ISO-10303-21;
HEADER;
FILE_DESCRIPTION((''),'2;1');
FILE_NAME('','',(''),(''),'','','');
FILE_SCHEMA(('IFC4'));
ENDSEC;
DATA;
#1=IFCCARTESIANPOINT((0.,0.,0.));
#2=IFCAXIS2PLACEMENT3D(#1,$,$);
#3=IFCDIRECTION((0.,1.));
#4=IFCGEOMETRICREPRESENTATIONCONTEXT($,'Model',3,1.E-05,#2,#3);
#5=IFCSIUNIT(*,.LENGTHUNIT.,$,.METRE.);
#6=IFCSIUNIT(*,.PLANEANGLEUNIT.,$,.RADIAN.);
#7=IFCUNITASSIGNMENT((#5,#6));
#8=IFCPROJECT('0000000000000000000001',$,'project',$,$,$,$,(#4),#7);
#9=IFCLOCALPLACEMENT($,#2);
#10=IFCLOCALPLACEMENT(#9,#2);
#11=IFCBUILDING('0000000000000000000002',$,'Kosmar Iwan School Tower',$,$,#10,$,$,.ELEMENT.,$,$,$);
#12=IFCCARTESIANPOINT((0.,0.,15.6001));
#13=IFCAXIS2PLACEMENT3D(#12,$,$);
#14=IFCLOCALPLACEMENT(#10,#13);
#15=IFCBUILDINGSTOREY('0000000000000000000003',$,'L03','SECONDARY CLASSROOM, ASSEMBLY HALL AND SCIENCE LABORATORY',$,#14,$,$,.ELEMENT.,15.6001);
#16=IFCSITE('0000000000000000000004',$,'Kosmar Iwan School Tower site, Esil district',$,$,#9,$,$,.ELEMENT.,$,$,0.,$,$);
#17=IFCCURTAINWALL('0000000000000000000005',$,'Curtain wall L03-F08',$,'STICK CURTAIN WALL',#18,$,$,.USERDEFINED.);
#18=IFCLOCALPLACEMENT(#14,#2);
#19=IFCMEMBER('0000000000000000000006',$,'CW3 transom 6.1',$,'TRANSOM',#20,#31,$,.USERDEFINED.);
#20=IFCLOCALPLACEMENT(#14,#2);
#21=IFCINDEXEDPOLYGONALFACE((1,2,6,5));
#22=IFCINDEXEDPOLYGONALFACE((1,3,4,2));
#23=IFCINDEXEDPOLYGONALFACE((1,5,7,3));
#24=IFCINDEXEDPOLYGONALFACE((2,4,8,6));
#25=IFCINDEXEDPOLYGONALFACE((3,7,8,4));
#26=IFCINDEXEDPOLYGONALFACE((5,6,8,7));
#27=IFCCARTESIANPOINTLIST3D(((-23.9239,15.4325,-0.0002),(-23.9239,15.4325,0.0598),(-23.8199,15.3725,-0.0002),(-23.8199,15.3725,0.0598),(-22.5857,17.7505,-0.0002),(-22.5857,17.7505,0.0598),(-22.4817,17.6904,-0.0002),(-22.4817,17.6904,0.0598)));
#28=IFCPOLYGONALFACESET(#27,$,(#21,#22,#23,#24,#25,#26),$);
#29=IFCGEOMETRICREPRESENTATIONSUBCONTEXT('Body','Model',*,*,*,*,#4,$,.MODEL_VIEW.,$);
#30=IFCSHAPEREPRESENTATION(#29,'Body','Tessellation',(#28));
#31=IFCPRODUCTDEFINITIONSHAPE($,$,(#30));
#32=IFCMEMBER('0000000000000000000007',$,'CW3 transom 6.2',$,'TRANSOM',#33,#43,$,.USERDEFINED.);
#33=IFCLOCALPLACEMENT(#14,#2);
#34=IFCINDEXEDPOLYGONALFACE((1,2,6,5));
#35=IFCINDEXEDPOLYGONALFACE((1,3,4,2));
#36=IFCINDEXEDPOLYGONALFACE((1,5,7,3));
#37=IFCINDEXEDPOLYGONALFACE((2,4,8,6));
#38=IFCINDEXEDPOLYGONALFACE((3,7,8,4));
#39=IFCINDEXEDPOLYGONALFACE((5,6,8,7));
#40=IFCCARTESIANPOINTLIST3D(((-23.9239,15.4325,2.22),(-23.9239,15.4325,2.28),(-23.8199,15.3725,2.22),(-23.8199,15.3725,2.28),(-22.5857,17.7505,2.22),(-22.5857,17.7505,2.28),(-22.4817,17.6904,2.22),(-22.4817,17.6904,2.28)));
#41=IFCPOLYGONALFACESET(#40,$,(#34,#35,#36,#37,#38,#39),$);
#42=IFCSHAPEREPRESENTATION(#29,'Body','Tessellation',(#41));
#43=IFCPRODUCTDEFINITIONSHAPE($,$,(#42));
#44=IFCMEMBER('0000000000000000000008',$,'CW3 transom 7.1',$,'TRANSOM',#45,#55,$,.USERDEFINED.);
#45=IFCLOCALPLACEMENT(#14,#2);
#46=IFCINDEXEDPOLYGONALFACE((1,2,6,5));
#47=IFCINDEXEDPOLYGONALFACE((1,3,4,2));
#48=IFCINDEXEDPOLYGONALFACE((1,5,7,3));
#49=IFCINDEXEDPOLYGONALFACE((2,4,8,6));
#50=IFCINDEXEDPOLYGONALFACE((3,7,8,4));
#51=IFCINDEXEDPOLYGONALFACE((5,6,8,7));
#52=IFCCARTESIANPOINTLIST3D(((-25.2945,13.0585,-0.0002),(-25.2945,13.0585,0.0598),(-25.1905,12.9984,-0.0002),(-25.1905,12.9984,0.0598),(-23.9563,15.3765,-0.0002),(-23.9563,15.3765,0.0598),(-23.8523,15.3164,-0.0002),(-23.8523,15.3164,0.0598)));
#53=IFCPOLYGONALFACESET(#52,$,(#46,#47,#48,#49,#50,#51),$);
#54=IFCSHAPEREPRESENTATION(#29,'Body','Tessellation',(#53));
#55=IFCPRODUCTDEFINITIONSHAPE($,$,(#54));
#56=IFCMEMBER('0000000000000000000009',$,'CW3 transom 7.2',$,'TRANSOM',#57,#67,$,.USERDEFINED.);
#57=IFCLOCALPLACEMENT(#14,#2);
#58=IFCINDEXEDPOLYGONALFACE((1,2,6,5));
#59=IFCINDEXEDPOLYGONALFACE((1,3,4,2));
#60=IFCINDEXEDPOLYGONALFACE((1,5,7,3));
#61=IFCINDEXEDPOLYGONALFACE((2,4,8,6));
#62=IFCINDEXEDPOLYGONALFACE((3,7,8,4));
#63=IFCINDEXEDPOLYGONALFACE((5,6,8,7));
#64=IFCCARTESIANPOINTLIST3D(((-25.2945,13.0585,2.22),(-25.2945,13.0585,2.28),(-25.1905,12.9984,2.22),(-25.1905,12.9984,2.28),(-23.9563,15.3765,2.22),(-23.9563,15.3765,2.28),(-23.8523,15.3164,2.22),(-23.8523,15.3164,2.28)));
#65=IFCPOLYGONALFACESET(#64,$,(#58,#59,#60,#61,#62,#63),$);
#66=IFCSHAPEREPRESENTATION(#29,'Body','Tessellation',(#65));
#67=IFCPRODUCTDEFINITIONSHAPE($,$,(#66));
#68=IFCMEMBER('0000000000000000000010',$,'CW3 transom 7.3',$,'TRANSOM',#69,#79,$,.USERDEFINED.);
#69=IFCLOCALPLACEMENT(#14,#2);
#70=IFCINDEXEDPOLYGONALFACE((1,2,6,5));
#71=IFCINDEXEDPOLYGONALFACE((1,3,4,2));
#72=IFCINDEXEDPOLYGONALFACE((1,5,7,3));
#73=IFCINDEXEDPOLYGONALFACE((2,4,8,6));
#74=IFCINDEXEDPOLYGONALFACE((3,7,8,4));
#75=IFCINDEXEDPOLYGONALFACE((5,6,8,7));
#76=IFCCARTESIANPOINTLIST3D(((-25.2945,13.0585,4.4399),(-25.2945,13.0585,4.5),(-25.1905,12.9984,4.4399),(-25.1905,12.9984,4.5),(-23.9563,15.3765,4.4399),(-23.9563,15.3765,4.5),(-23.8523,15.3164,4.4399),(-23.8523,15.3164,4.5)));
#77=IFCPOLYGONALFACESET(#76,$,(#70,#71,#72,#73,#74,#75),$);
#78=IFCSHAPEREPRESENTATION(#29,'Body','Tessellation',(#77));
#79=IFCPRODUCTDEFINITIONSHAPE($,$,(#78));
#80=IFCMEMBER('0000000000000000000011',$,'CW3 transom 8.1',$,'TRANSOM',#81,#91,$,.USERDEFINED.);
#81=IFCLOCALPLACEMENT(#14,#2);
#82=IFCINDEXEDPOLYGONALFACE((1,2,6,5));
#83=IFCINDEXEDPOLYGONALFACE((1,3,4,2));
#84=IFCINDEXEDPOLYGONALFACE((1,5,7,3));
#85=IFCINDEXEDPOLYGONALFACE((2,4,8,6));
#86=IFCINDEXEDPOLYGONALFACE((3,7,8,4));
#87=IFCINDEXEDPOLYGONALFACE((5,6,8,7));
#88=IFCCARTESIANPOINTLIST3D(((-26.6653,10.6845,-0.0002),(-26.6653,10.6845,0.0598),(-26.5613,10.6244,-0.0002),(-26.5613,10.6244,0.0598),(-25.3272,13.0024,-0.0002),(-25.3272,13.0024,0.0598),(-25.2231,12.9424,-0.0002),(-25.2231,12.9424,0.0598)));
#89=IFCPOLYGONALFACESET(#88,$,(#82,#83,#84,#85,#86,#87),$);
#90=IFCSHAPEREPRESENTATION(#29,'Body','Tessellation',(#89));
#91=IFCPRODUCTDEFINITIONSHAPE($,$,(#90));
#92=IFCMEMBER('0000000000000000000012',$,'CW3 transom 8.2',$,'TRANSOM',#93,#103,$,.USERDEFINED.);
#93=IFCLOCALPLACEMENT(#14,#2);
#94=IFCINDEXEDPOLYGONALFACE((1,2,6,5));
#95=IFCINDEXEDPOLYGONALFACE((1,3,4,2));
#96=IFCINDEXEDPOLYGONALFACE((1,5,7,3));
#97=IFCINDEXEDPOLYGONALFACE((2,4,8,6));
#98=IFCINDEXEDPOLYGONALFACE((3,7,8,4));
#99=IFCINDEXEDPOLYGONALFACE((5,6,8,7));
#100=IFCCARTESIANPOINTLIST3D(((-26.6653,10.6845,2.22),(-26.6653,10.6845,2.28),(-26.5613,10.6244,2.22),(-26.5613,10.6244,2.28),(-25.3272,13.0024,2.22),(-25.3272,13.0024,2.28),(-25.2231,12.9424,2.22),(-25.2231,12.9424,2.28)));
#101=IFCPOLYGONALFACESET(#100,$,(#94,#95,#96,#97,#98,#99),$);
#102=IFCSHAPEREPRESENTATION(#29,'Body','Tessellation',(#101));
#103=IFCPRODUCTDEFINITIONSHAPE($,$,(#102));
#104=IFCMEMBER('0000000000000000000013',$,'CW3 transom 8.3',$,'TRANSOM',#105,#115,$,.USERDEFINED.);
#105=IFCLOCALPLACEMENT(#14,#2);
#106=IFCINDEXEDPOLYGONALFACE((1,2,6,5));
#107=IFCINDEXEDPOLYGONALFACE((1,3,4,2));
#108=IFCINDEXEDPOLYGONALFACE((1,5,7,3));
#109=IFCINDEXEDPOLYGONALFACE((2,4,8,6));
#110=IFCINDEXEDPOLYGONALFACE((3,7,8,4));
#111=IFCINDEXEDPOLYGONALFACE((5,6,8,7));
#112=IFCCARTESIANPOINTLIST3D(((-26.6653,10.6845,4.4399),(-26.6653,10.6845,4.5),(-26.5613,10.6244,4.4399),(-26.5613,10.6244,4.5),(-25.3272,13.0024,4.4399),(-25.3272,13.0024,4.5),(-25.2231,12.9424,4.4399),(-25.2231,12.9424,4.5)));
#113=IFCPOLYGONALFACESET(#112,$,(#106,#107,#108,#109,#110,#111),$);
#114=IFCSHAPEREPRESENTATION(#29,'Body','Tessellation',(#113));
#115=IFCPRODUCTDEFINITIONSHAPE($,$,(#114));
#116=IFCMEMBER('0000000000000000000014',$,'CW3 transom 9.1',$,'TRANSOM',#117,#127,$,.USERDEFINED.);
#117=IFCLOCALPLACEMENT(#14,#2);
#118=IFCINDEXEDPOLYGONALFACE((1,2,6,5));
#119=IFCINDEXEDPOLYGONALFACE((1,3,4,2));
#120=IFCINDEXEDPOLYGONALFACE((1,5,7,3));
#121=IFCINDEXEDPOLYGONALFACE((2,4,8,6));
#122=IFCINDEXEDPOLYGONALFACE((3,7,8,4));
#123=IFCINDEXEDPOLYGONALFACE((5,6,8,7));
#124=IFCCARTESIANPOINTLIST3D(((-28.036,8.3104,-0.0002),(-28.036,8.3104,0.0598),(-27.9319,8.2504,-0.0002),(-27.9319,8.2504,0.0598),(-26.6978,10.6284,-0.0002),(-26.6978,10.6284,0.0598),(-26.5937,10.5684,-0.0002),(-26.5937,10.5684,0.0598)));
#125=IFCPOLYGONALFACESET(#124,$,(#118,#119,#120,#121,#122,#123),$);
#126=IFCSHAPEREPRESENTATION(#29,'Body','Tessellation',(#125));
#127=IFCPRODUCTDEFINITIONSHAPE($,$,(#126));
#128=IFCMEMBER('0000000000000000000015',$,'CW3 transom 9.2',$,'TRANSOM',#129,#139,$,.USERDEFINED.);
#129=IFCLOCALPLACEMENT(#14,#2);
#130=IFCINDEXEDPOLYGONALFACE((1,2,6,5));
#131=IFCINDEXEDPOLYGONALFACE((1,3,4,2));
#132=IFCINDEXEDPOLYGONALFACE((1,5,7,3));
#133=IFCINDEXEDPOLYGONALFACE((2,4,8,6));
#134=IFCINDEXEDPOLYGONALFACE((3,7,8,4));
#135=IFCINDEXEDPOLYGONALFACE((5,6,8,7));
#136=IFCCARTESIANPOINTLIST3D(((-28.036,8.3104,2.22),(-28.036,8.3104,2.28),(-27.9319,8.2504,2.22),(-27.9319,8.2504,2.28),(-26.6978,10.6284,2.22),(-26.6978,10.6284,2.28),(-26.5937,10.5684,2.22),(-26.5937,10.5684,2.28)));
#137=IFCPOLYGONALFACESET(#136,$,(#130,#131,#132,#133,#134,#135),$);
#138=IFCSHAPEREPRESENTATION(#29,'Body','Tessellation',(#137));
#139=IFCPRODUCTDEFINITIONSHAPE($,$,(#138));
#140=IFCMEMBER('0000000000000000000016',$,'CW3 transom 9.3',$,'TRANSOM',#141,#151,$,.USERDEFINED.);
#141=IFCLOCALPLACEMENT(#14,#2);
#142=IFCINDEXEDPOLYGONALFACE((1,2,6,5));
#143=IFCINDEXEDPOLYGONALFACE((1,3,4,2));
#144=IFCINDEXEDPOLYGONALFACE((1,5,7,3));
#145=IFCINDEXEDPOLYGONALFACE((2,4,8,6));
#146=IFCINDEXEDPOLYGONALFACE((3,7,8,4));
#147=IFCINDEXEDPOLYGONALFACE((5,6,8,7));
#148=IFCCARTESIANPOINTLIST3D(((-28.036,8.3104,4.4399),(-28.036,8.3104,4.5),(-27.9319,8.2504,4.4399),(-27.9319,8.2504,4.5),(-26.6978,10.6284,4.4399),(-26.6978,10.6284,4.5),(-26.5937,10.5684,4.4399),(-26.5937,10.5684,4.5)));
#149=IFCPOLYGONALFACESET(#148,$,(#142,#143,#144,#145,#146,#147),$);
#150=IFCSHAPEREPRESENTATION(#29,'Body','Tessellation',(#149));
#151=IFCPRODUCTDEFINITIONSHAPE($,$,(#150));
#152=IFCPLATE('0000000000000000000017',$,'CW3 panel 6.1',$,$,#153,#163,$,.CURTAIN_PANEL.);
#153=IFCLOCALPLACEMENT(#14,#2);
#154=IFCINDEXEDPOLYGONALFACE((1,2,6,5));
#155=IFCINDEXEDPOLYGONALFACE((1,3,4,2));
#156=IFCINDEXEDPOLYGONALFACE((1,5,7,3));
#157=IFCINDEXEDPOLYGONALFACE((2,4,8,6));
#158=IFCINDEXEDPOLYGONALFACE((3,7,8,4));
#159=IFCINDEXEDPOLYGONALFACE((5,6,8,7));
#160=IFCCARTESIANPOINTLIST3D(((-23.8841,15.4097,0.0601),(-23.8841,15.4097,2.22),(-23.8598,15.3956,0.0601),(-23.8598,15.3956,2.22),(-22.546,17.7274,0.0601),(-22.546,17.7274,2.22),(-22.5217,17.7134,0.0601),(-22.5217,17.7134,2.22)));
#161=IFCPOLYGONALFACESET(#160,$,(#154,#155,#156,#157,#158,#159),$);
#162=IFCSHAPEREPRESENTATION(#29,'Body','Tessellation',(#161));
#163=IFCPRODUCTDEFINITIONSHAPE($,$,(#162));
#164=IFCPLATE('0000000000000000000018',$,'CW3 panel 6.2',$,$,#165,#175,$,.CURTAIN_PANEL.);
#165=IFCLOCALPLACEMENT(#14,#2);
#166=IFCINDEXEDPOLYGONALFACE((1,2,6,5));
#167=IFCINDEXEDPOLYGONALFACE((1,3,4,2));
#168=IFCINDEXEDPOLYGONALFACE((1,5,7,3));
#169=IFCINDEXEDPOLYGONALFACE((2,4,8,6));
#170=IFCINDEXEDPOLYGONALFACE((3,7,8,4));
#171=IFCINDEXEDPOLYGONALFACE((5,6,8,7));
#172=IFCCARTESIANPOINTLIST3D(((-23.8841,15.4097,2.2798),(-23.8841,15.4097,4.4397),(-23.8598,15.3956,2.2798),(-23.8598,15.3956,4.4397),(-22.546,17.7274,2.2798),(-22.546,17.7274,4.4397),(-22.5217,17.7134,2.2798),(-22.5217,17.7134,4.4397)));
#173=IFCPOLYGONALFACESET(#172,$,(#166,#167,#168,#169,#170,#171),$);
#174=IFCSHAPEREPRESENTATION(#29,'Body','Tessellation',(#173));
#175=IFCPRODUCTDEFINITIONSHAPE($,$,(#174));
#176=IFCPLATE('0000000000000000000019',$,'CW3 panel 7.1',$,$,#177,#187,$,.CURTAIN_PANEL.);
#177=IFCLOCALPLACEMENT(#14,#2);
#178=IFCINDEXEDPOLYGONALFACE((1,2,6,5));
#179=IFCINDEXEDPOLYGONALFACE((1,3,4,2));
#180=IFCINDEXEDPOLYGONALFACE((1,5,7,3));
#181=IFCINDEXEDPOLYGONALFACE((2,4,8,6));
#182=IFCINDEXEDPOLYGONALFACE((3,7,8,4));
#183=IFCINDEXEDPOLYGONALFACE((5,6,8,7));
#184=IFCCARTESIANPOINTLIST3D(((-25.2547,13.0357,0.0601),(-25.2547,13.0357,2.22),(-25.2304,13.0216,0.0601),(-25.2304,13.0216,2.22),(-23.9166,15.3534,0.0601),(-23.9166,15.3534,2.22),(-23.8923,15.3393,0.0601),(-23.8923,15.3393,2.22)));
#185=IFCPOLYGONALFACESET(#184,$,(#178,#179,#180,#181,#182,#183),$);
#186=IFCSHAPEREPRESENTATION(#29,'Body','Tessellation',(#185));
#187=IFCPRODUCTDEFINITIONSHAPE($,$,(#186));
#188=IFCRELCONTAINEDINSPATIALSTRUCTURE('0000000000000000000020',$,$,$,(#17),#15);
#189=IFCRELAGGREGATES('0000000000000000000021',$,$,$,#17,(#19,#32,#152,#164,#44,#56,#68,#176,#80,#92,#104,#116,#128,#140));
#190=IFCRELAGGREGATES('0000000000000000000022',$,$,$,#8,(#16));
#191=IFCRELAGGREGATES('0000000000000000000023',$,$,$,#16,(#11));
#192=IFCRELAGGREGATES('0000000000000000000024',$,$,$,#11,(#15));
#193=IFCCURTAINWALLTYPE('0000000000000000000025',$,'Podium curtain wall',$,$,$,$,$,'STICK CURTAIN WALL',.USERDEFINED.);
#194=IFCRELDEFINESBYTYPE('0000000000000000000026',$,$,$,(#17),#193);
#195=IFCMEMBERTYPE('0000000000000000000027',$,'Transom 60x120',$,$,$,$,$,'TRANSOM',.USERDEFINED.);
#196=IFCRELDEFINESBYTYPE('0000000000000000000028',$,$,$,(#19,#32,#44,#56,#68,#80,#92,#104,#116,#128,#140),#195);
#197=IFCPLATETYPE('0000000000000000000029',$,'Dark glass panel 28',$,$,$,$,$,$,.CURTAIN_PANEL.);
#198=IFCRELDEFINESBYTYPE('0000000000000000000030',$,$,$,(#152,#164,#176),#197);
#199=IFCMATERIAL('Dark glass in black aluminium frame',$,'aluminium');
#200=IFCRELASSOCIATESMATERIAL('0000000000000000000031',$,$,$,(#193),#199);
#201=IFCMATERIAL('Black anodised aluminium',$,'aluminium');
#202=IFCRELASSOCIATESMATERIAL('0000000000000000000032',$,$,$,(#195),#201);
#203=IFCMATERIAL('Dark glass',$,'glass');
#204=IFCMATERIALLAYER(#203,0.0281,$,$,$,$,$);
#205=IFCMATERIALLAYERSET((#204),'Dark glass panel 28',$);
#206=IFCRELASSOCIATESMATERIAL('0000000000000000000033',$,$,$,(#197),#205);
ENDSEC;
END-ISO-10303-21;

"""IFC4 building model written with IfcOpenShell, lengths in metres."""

from ifc_helpers import new_model, si_unit, direction, frame, origin, origin_2d, place, context, subcontext, project, spatial, rectangle, extrude, material, layer, layer_set, material_profile, profile_set, type_object, element, aggregate, save


model = new_model("IFC4")

# Units and contexts
model_context = context("Model", 3, precision=1e-05, world=origin(), true_north=direction((0.0, 1.0)))
body_context = subcontext(model_context, "Body", "Model", "MODEL_VIEW")
ifc_project = project(units=[si_unit("LENGTHUNIT", "METRE"), si_unit("PLANEANGLEUNIT", "RADIAN")], contexts=[model_context])

# Site, building, storey
site_placement = place(None, origin())
site = spatial("IfcSite", under=ifc_project, at=site_placement, Name="Kosmar Iwan School Tower site, Esil district", CompositionType="ELEMENT", RefElevation=0.0)
building_placement = place(site_placement, origin())
building = spatial("IfcBuilding", under=site, at=building_placement, Name="Kosmar Iwan School Tower", CompositionType="ELEMENT")
storey_placement = place(building_placement, frame((0.0, 0.0, 15.6001)))
storey = spatial("IfcBuildingStorey", under=building, at=storey_placement, Name="L03", Description="SECONDARY CLASSROOM, ASSEMBLY HALL AND SCIENCE LABORATORY", CompositionType="ELEMENT", Elevation=15.6001)

# Curtain wall, members, plates
ifc_material_1 = material(Name="Dark glass in black aluminium frame", Category="aluminium")
curtain_wall_type = type_object("IfcCurtainWallType", Name="Podium curtain wall", ElementType="STICK CURTAIN WALL", PredefinedType="USERDEFINED", material=ifc_material_1)
curtain_wall_placement = place(storey_placement, origin())
curtain_wall = element("IfcCurtainWall", 1, at=curtain_wall_placement, inside=storey, type_object=curtain_wall_type, Name="Curtain wall L03-F08", ObjectType="STICK CURTAIN WALL", PredefinedType="USERDEFINED")
ifc_material_2 = material(Name="Black anodised aluminium", Category="aluminium")
ifc_material_profile_1 = material_profile(ifc_material_2, rectangle(XDim=0.1201, YDim=0.0601, at=origin_2d()), Name="TRANSOM 60x120")
ifc_profile_set_1 = profile_set([ifc_material_profile_1], Name="Black anodised aluminium")
member_type_1 = type_object("IfcMemberType", Name="Transom 60x120", ElementType="TRANSOM", PredefinedType="USERDEFINED", material=ifc_profile_set_1)
member_1_placement = place(storey_placement, frame((-22.5337, 17.7205, 0.0298), z_axis=(-0.499975, -0.86604, 0.0), x_axis=(0.86604, -0.499975, 0.0)))
member_1 = element("IfcMember", 2, at=member_1_placement, type_object=member_type_1, Name="CW3 transom 6.1", ObjectType="TRANSOM", PredefinedType="USERDEFINED", context=body_context, shape_type="SweptSolid", body=[
    extrude(rectangle(XDim=0.1201, YDim=0.0601, at=origin_2d()), origin(), (0.0, 0.0, 1.0), 2.6765),
])
member_2_placement = place(storey_placement, frame((-22.5337, 17.7205, 2.25), z_axis=(-0.499975, -0.86604, 0.0), x_axis=(0.86604, -0.499975, 0.0)))
member_2 = element("IfcMember", 3, at=member_2_placement, type_object=member_type_1, Name="CW3 transom 6.2", ObjectType="TRANSOM", PredefinedType="USERDEFINED", context=body_context, shape_type="SweptSolid", body=[
    extrude(rectangle(XDim=0.1201, YDim=0.0601, at=origin_2d()), origin(), (0.0, 0.0, 1.0), 2.6765),
])
member_3_placement = place(storey_placement, frame((-23.9043, 15.3464, 0.0298), z_axis=(-0.499975, -0.86604, 0.0), x_axis=(0.86604, -0.499975, 0.0)))
member_3 = element("IfcMember", 4, at=member_3_placement, type_object=member_type_1, Name="CW3 transom 7.1", ObjectType="TRANSOM", PredefinedType="USERDEFINED", context=body_context, shape_type="SweptSolid", body=[
    extrude(rectangle(XDim=0.1201, YDim=0.0601, at=origin_2d()), origin(), (0.0, 0.0, 1.0), 2.6765),
])
member_4_placement = place(storey_placement, frame((-23.9043, 15.3464, 2.25), z_axis=(-0.499975, -0.86604, 0.0), x_axis=(0.86604, -0.499975, 0.0)))
member_4 = element("IfcMember", 5, at=member_4_placement, type_object=member_type_1, Name="CW3 transom 7.2", ObjectType="TRANSOM", PredefinedType="USERDEFINED", context=body_context, shape_type="SweptSolid", body=[
    extrude(rectangle(XDim=0.1201, YDim=0.0601, at=origin_2d()), origin(), (0.0, 0.0, 1.0), 2.6765),
])
member_5_placement = place(storey_placement, frame((-23.9043, 15.3464, 4.47), z_axis=(-0.499975, -0.86604, 0.0), x_axis=(0.86604, -0.499975, 0.0)))
member_5 = element("IfcMember", 6, at=member_5_placement, type_object=member_type_1, Name="CW3 transom 7.3", ObjectType="TRANSOM", PredefinedType="USERDEFINED", context=body_context, shape_type="SweptSolid", body=[
    extrude(rectangle(XDim=0.1201, YDim=0.0601, at=origin_2d()), origin(), (0.0, 0.0, 1.0), 2.6765),
])
member_6_placement = place(storey_placement, frame((-25.2751, 12.9724, 0.0298), z_axis=(-0.499975, -0.86604, 0.0), x_axis=(0.86604, -0.499975, 0.0)))
member_6 = element("IfcMember", 7, at=member_6_placement, type_object=member_type_1, Name="CW3 transom 8.1", ObjectType="TRANSOM", PredefinedType="USERDEFINED", context=body_context, shape_type="SweptSolid", body=[
    extrude(rectangle(XDim=0.1201, YDim=0.0601, at=origin_2d()), origin(), (0.0, 0.0, 1.0), 2.6765),
])
member_7_placement = place(storey_placement, frame((-25.2751, 12.9724, 2.25), z_axis=(-0.499975, -0.86604, 0.0), x_axis=(0.86604, -0.499975, 0.0)))
member_7 = element("IfcMember", 8, at=member_7_placement, type_object=member_type_1, Name="CW3 transom 8.2", ObjectType="TRANSOM", PredefinedType="USERDEFINED", context=body_context, shape_type="SweptSolid", body=[
    extrude(rectangle(XDim=0.1201, YDim=0.0601, at=origin_2d()), origin(), (0.0, 0.0, 1.0), 2.6765),
])
member_8_placement = place(storey_placement, frame((-25.2751, 12.9724, 4.47), z_axis=(-0.499975, -0.86604, 0.0), x_axis=(0.86604, -0.499975, 0.0)))
member_8 = element("IfcMember", 9, at=member_8_placement, type_object=member_type_1, Name="CW3 transom 8.3", ObjectType="TRANSOM", PredefinedType="USERDEFINED", context=body_context, shape_type="SweptSolid", body=[
    extrude(rectangle(XDim=0.1201, YDim=0.0601, at=origin_2d()), origin(), (0.0, 0.0, 1.0), 2.6765),
])
member_9_placement = place(storey_placement, frame((-26.6458, 10.5984, 0.0298), z_axis=(-0.499975, -0.86604, 0.0), x_axis=(0.86604, -0.499975, 0.0)))
member_9 = element("IfcMember", 10, at=member_9_placement, type_object=member_type_1, Name="CW3 transom 9.1", ObjectType="TRANSOM", PredefinedType="USERDEFINED", context=body_context, shape_type="SweptSolid", body=[
    extrude(rectangle(XDim=0.1201, YDim=0.0601, at=origin_2d()), origin(), (0.0, 0.0, 1.0), 2.6765),
])
member_10_placement = place(storey_placement, frame((-26.6458, 10.5984, 2.25), z_axis=(-0.499975, -0.86604, 0.0), x_axis=(0.86604, -0.499975, 0.0)))
member_10 = element("IfcMember", 11, at=member_10_placement, type_object=member_type_1, Name="CW3 transom 9.2", ObjectType="TRANSOM", PredefinedType="USERDEFINED", context=body_context, shape_type="SweptSolid", body=[
    extrude(rectangle(XDim=0.1201, YDim=0.0601, at=origin_2d()), origin(), (0.0, 0.0, 1.0), 2.6765),
])
member_11_placement = place(storey_placement, frame((-26.6458, 10.5984, 4.47), z_axis=(-0.499975, -0.86604, 0.0), x_axis=(0.86604, -0.499975, 0.0)))
member_11 = element("IfcMember", 12, at=member_11_placement, type_object=member_type_1, Name="CW3 transom 9.3", ObjectType="TRANSOM", PredefinedType="USERDEFINED", context=body_context, shape_type="SweptSolid", body=[
    extrude(rectangle(XDim=0.1201, YDim=0.0601, at=origin_2d()), origin(), (0.0, 0.0, 1.0), 2.6765),
])
ifc_material_3 = material(Name="Dark glass", Category="glass")
ifc_layer = layer(ifc_material_3, 0.0281)
ifc_layer_set = layer_set([ifc_layer], Name="Dark glass panel 28")
plate_type = type_object("IfcPlateType", Name="Dark glass panel 28", PredefinedType="CURTAIN_PANEL", material=ifc_layer_set)
plate_1_placement = place(storey_placement, frame((-23.2029, 16.5615, 0.0601), z_axis=(0.0, 0.0, 1.0), x_axis=(-0.5, -0.866025, 0.0)))
plate_1 = element("IfcPlate", 13, at=plate_1_placement, type_object=plate_type, Name="CW3 panel 6.1", PredefinedType="CURTAIN_PANEL", context=body_context, shape_type="SweptSolid", body=[
    extrude(rectangle(XDim=2.6763, YDim=0.0281, at=origin_2d()), origin(), (0.0, 0.0, 1.0), 2.1599),
])
plate_2_placement = place(storey_placement, frame((-23.2029, 16.5615, 2.2798), z_axis=(0.0, 0.0, 1.0), x_axis=(-0.5, -0.866025, 0.0)))
plate_2 = element("IfcPlate", 14, at=plate_2_placement, type_object=plate_type, Name="CW3 panel 6.2", PredefinedType="CURTAIN_PANEL", context=body_context, shape_type="SweptSolid", body=[
    extrude(rectangle(XDim=2.6763, YDim=0.0281, at=origin_2d()), origin(), (0.0, 0.0, 1.0), 2.1599),
])
plate_3_placement = place(storey_placement, frame((-24.5735, 14.1875, 0.0601), z_axis=(0.0, 0.0, 1.0), x_axis=(-0.5, -0.866025, 0.0)))
plate_3 = element("IfcPlate", 15, at=plate_3_placement, type_object=plate_type, Name="CW3 panel 7.1", PredefinedType="CURTAIN_PANEL", context=body_context, shape_type="SweptSolid", body=[
    extrude(rectangle(XDim=2.6763, YDim=0.0281, at=origin_2d()), origin(), (0.0, 0.0, 1.0), 2.1599),
])
aggregate(curtain_wall, [member_1, member_2, plate_1, plate_2, member_3, member_4, member_5, plate_3, member_6, member_7, member_8, member_9, member_10, member_11])

save(model, "model.ifc")
